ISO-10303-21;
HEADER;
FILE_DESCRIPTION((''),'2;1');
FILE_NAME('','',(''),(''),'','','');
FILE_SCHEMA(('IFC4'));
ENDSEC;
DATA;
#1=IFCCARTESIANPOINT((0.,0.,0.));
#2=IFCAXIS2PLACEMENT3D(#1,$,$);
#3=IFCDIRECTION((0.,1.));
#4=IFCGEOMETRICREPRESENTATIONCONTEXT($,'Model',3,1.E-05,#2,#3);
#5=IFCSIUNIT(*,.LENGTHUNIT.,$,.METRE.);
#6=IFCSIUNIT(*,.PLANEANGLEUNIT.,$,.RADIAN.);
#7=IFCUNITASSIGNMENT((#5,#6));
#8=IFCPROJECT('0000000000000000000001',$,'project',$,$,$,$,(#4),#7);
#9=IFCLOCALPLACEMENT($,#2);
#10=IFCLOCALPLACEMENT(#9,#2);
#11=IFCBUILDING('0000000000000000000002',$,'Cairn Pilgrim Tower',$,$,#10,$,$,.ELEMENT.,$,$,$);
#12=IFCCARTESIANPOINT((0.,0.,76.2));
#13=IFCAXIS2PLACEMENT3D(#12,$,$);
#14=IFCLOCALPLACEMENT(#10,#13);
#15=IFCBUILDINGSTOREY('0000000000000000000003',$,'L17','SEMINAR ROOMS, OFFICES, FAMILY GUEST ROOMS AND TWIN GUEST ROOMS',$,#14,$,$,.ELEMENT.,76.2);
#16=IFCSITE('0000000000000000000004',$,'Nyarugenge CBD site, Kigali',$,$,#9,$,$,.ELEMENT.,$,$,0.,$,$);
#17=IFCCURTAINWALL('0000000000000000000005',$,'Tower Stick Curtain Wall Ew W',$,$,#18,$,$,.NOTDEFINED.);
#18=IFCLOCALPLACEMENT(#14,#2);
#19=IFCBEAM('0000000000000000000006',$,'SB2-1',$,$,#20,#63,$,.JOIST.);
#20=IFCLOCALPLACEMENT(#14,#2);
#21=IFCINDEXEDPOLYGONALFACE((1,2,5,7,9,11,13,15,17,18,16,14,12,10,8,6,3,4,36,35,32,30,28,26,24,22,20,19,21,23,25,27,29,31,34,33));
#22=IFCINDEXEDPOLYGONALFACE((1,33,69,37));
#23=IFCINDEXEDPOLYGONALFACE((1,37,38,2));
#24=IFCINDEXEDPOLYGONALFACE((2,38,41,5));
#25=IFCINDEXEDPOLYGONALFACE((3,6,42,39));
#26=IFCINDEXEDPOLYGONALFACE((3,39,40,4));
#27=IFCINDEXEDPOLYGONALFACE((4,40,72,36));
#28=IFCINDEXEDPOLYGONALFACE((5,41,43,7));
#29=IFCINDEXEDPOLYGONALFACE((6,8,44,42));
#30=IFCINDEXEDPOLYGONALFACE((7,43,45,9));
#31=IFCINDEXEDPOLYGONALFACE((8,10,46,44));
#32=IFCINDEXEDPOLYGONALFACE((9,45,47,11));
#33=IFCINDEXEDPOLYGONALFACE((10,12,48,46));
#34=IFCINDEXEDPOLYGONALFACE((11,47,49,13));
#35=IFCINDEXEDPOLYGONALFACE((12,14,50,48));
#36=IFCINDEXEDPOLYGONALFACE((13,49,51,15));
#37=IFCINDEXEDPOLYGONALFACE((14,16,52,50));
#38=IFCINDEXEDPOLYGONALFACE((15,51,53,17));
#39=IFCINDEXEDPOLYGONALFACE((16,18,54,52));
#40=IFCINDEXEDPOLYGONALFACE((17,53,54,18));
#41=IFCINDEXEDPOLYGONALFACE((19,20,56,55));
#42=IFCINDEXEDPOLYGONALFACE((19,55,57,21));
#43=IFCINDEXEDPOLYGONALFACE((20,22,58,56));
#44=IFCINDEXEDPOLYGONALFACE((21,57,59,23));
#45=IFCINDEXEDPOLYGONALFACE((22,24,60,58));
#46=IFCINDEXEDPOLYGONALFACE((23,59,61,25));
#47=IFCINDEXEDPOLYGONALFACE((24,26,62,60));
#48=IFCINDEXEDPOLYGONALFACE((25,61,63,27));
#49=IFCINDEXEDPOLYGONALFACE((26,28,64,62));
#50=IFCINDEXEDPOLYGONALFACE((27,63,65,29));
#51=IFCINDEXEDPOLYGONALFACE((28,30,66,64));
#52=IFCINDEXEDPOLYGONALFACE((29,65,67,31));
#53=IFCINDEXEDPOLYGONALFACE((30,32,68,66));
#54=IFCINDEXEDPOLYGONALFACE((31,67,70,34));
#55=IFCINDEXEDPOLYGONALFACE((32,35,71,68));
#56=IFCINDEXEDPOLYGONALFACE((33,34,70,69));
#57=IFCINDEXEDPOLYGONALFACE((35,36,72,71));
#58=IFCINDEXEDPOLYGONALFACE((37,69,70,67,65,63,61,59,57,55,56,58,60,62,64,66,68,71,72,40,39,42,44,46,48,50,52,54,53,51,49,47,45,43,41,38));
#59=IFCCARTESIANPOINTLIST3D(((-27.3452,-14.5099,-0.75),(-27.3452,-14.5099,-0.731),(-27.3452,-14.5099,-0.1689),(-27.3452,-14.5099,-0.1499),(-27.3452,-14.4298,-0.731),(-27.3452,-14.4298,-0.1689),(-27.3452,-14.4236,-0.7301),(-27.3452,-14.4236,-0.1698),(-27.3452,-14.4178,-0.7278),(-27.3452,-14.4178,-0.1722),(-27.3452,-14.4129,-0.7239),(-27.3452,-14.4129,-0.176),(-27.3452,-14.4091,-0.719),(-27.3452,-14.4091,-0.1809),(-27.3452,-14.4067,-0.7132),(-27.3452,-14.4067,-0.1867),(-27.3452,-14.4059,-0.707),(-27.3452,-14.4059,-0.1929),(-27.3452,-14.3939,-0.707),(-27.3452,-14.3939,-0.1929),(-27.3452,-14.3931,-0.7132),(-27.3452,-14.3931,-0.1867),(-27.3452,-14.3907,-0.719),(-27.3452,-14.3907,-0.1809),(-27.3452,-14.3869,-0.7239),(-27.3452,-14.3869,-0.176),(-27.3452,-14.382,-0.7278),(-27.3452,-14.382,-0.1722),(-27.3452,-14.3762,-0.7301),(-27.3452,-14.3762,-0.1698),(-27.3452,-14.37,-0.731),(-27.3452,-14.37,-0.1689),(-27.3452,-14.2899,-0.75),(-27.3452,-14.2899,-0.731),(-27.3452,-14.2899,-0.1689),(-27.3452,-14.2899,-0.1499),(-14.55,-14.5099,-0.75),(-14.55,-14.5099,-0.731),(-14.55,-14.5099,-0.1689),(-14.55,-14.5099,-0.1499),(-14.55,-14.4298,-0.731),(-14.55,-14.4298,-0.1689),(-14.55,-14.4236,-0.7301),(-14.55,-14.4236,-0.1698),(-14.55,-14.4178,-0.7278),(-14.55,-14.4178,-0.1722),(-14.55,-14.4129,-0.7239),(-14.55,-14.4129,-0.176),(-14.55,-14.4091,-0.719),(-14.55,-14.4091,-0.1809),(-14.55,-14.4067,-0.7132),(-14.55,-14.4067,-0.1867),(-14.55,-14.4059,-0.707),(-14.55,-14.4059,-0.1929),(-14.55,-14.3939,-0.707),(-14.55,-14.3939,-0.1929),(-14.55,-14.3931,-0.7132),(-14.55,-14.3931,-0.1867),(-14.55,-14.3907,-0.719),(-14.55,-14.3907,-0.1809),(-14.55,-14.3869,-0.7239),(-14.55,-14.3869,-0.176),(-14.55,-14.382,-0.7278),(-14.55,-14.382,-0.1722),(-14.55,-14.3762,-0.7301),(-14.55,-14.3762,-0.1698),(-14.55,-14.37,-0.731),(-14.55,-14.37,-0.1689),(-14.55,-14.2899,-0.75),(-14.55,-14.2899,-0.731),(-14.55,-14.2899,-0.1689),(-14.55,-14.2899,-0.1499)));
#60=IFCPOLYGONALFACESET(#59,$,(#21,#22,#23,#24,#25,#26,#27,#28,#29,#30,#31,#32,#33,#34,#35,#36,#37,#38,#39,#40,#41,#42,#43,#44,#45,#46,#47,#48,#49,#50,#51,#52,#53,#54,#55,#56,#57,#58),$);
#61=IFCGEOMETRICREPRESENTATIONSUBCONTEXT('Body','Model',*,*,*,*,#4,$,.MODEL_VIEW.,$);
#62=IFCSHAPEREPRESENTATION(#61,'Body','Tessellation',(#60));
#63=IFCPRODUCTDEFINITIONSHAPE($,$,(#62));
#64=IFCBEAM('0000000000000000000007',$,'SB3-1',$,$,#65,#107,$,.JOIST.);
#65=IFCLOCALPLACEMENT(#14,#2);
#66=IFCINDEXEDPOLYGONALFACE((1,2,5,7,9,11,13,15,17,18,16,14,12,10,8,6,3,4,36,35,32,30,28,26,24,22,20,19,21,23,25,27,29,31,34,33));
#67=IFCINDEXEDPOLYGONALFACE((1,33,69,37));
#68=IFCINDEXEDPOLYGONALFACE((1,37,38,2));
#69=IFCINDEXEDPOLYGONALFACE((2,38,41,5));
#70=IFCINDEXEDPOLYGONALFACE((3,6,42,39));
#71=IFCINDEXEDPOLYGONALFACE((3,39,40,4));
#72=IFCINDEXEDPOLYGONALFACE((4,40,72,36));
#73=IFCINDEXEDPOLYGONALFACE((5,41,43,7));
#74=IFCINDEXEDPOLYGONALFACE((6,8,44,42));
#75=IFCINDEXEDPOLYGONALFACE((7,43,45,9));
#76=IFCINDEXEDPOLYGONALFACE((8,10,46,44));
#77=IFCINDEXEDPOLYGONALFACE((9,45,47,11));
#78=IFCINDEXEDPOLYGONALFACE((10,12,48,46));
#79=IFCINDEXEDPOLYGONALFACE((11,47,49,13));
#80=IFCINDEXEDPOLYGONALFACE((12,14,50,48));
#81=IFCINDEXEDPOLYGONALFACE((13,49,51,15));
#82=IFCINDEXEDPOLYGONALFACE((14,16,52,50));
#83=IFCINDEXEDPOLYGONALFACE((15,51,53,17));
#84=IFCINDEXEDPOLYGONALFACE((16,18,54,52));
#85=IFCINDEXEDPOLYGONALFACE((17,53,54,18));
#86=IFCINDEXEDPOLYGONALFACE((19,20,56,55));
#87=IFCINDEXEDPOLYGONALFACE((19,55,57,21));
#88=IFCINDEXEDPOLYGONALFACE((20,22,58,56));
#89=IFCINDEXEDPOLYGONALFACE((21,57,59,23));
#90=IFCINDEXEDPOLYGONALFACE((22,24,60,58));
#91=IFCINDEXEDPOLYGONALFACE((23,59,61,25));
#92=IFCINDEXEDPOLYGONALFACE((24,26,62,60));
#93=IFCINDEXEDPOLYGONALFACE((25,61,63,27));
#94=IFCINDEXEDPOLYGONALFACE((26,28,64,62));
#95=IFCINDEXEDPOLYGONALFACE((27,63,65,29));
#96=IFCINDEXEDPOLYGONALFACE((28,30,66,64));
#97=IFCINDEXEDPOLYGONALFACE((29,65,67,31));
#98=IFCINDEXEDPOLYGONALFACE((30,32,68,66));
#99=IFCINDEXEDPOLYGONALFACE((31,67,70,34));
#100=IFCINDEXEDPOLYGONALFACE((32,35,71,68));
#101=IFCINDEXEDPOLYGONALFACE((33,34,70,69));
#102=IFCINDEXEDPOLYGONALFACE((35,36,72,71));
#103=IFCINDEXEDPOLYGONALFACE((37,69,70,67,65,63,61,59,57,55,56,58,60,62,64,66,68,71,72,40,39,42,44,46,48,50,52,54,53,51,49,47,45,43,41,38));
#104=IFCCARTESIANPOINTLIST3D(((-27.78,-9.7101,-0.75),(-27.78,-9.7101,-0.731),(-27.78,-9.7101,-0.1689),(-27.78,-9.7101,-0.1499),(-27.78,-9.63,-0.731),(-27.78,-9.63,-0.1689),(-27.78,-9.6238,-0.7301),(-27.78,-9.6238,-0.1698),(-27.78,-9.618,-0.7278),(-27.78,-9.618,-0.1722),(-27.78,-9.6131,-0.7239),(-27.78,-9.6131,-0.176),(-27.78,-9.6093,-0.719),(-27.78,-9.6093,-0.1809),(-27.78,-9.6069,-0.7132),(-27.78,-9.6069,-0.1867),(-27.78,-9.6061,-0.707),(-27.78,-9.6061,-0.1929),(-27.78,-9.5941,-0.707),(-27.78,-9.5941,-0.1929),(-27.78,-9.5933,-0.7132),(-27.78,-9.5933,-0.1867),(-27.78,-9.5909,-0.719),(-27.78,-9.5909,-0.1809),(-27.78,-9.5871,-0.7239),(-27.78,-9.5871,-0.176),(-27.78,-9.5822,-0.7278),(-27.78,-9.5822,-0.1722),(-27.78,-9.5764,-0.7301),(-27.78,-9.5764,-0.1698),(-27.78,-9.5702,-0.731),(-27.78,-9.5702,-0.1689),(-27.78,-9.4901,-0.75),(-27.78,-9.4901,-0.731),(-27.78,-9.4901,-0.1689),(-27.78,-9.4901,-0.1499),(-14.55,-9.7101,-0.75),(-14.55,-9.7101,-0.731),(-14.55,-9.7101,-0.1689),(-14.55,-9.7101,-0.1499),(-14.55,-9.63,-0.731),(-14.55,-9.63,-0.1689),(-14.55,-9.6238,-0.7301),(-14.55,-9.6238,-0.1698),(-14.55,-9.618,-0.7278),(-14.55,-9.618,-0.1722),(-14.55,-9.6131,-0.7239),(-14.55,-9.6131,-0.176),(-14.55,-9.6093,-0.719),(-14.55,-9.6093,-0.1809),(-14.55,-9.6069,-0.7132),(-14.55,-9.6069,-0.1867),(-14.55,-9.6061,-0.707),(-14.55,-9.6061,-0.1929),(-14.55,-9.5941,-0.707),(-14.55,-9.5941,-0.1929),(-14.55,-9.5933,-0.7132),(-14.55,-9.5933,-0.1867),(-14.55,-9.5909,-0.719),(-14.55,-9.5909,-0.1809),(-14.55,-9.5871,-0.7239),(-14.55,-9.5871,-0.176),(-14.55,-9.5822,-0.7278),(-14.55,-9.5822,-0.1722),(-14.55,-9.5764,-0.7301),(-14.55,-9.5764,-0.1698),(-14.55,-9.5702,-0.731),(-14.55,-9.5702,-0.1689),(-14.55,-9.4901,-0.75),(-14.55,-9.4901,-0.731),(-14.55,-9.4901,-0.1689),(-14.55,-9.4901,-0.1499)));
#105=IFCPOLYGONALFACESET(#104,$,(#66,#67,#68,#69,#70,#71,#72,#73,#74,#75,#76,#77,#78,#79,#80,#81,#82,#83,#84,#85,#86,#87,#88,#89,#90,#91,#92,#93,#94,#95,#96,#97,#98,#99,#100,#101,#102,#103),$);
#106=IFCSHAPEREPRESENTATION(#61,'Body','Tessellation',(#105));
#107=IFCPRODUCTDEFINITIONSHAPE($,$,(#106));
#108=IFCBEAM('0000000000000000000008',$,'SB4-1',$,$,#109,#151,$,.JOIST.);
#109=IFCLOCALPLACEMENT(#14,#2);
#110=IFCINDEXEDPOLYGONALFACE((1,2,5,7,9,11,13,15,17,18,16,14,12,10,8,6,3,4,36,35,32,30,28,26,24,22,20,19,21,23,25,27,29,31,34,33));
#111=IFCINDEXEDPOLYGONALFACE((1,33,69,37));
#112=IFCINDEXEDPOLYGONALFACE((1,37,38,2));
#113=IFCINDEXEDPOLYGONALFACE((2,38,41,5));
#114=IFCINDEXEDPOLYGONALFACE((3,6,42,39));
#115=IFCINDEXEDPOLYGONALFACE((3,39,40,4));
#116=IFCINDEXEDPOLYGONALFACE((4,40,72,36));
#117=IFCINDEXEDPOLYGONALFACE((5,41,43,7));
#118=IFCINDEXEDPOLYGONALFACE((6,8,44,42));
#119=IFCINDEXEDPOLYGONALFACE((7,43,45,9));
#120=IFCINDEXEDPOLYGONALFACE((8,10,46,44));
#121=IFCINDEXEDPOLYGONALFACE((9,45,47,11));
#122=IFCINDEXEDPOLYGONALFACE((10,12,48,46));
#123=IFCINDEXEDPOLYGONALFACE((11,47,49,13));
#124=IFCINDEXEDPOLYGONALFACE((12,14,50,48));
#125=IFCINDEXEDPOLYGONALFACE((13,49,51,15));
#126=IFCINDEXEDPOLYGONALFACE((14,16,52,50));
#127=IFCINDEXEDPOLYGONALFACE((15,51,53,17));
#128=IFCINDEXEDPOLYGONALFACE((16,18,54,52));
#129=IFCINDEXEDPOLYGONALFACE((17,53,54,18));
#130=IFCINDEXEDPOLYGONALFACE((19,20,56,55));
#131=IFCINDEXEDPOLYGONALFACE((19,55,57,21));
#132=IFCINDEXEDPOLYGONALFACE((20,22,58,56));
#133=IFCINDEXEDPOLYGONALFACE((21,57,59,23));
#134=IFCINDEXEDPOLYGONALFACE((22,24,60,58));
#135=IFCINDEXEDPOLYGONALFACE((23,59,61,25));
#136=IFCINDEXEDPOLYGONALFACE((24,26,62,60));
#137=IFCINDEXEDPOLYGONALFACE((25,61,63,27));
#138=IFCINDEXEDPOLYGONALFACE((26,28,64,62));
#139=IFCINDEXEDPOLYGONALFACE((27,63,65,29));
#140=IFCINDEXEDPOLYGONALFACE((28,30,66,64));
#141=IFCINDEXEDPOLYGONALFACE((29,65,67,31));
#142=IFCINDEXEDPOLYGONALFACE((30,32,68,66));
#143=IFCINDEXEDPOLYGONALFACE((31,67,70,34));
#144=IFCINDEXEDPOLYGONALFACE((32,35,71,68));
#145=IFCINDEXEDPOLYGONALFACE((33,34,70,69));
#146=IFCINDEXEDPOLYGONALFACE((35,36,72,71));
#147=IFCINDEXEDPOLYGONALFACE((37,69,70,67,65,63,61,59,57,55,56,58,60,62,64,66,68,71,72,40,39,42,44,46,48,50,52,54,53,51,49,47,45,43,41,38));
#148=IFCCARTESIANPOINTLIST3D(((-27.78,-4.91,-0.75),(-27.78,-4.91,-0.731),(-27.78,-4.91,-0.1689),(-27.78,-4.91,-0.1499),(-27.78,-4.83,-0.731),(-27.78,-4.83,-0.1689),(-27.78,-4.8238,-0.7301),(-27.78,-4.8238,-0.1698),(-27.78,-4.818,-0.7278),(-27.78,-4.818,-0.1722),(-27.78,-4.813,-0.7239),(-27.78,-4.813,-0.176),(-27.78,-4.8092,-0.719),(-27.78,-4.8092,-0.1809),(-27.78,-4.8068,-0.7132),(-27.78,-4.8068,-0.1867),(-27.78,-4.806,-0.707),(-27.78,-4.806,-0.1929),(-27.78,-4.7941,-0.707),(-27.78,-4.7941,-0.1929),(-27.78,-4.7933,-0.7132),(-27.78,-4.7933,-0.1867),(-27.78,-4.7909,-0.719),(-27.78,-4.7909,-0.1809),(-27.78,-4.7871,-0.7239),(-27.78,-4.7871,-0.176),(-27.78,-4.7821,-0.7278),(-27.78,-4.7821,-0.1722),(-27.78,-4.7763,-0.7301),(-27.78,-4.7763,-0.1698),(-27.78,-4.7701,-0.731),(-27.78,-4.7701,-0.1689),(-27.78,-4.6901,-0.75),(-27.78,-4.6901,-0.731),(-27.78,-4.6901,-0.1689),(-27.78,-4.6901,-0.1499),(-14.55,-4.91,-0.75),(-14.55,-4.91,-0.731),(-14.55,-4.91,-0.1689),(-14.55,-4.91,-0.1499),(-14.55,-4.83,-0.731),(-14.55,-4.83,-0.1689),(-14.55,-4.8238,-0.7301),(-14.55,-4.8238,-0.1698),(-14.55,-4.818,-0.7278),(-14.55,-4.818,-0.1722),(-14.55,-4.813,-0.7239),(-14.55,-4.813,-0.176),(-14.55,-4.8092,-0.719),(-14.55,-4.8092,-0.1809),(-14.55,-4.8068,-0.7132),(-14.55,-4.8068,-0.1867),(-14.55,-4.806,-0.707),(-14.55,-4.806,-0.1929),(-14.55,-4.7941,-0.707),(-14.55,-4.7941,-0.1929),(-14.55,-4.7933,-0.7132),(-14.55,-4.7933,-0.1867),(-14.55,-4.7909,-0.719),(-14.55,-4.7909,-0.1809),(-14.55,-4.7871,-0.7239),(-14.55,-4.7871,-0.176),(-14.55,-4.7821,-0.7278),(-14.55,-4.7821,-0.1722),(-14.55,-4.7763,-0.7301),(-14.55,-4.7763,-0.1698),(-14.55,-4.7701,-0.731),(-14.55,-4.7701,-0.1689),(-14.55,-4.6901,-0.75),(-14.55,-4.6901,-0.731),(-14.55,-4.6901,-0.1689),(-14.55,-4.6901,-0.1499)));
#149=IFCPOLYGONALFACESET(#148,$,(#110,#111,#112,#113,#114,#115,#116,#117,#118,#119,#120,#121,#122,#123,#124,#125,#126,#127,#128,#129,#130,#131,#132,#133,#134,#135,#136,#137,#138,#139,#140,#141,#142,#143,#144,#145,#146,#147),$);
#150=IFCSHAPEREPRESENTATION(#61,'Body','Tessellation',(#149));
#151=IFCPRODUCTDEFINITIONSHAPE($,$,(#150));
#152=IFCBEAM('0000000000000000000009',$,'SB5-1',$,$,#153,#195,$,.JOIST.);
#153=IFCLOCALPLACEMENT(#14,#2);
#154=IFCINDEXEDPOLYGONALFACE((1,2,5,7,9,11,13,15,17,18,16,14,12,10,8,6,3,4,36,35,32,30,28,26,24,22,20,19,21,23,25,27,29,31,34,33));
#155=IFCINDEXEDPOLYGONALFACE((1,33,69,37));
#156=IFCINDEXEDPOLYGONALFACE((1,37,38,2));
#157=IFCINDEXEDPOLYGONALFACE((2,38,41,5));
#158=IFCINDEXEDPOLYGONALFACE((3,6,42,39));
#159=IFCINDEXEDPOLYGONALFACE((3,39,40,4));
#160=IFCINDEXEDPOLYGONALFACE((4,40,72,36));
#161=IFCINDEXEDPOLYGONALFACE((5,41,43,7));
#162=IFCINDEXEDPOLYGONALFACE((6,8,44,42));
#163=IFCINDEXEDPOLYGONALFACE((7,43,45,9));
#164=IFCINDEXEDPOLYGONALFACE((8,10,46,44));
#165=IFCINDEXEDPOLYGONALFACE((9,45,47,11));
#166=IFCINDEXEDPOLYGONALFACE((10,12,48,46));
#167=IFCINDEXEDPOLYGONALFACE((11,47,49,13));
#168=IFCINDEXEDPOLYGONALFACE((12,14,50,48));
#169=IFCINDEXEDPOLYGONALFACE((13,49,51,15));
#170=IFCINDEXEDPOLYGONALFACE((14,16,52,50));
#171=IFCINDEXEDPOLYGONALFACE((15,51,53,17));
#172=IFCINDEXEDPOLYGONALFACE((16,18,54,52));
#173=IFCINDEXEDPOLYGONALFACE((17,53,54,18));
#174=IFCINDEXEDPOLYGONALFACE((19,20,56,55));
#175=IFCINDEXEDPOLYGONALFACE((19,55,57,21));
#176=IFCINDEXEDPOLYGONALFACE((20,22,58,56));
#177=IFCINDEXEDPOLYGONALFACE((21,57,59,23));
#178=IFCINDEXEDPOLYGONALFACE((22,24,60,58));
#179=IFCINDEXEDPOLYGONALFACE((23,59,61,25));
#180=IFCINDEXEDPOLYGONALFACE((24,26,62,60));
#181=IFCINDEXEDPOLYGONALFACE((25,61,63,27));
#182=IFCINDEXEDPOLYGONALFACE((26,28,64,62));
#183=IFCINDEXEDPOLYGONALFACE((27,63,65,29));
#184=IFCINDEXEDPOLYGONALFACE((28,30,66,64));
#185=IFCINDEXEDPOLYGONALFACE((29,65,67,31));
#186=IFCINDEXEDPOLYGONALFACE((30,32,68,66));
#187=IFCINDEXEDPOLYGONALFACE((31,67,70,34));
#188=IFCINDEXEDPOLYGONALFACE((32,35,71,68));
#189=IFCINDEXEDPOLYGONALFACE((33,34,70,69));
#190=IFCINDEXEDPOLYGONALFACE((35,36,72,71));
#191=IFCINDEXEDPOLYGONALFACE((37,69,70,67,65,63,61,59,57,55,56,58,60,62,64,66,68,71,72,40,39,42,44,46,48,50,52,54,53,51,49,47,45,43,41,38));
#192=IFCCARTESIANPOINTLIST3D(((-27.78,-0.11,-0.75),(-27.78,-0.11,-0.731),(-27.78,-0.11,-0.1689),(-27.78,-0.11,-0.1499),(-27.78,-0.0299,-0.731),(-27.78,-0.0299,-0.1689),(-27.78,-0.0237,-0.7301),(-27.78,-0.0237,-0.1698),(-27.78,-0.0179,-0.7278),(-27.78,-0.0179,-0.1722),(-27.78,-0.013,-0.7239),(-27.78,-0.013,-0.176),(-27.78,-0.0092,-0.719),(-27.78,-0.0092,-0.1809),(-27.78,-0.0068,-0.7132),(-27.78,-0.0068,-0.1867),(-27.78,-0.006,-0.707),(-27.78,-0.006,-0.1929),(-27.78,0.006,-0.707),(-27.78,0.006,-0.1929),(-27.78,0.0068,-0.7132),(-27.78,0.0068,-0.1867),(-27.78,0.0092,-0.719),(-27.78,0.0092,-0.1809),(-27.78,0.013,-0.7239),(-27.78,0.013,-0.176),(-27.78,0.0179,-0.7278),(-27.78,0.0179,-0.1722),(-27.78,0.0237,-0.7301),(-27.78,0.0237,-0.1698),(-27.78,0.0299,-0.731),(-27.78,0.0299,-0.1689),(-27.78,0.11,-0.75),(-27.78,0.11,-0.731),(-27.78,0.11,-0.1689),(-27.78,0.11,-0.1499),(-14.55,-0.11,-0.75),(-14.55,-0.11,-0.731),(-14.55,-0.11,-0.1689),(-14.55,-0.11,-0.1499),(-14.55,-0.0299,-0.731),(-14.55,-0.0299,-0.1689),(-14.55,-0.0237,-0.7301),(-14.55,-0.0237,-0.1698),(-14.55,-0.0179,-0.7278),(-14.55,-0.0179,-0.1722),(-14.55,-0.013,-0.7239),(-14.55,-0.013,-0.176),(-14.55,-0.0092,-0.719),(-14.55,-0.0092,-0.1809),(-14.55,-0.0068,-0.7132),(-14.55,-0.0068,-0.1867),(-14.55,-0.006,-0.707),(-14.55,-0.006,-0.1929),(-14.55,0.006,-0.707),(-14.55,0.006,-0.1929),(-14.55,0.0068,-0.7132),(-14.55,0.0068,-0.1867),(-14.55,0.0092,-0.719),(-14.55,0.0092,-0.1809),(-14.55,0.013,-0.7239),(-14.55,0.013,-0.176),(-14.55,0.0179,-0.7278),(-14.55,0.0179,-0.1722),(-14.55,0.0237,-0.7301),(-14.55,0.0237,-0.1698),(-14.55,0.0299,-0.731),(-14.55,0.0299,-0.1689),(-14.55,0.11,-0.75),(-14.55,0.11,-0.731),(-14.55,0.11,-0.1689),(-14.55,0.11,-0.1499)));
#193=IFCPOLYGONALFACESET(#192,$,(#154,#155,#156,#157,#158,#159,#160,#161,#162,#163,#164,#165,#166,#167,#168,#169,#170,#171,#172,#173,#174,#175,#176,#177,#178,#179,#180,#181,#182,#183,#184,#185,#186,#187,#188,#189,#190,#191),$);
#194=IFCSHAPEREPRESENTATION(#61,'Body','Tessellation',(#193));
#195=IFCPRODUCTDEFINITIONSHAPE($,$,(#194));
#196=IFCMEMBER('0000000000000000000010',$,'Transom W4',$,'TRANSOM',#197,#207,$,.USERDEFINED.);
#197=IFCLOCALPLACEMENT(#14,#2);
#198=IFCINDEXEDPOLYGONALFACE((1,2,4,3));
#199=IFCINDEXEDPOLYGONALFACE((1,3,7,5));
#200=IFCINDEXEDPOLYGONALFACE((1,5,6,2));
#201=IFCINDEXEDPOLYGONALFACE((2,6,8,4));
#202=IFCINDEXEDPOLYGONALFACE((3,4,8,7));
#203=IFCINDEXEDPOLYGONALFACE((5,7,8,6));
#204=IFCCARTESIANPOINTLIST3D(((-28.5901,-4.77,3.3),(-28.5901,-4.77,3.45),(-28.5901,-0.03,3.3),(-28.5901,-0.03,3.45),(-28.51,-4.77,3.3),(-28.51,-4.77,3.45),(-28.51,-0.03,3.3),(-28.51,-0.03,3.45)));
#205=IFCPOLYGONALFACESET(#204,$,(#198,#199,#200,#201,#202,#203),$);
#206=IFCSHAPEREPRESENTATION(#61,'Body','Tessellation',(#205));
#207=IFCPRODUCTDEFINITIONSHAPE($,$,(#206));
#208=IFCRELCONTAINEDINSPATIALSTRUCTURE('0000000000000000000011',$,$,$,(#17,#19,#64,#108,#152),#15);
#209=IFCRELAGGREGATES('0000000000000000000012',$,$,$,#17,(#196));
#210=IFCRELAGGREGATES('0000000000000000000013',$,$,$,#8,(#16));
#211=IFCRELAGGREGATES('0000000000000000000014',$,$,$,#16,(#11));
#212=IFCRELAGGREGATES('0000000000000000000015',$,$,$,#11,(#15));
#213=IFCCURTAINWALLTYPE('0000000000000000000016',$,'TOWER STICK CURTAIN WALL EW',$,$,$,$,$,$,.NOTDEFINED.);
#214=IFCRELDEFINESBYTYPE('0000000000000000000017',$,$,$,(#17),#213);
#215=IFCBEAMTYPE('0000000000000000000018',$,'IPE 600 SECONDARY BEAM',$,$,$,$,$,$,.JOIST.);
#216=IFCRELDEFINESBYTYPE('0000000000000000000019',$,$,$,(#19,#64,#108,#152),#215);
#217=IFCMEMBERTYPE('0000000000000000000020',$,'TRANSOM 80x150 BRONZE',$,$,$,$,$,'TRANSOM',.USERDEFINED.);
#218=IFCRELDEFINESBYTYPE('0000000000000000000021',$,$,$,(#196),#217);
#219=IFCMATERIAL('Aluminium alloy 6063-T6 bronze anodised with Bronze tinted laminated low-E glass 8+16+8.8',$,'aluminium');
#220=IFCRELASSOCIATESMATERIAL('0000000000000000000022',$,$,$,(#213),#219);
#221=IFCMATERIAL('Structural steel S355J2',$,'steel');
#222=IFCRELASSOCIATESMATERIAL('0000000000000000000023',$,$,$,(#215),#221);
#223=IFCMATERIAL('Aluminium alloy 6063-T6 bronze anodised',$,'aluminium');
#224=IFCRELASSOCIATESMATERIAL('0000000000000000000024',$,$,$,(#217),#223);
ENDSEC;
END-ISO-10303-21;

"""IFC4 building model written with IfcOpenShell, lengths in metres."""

from ifc_helpers import new_model, si_unit, direction, frame, origin, origin_2d, place, context, subcontext, project, spatial, rectangle, i_section, extrude, material, material_profile, profile_set, type_object, element, aggregate, save


model = new_model("IFC4")

# Units and contexts
model_context = context("Model", 3, precision=1e-05, world=origin(), true_north=direction((0.0, 1.0)))
body_context = subcontext(model_context, "Body", "Model", "MODEL_VIEW")
ifc_project = project(units=[si_unit("LENGTHUNIT", "METRE"), si_unit("PLANEANGLEUNIT", "RADIAN")], contexts=[model_context])

# Site, building, storey
site_placement = place(None, origin())
site = spatial("IfcSite", under=ifc_project, at=site_placement, Name="Nyarugenge CBD site, Kigali", CompositionType="ELEMENT", RefElevation=0.0)
building_placement = place(site_placement, origin())
building = spatial("IfcBuilding", under=site, at=building_placement, Name="Cairn Pilgrim Tower", CompositionType="ELEMENT")
storey_placement = place(building_placement, frame((0.0, 0.0, 76.2)))
storey = spatial("IfcBuildingStorey", under=building, at=storey_placement, Name="L17", Description="SEMINAR ROOMS, OFFICES, FAMILY GUEST ROOMS AND TWIN GUEST ROOMS", CompositionType="ELEMENT", Elevation=76.2)

# Curtain wall
ifc_material_1 = material(Name="Aluminium alloy 6063-T6 bronze anodised with Bronze tinted laminated low-E glass 8+16+8.8", Category="aluminium")
curtain_wall_type_1 = type_object("IfcCurtainWallType", Name="TOWER STICK CURTAIN WALL EW", PredefinedType="NOTDEFINED", material=ifc_material_1)
curtain_wall_1_placement = place(storey_placement, origin())
curtain_wall_1 = element("IfcCurtainWall", 1, at=curtain_wall_1_placement, inside=storey, type_object=curtain_wall_type_1, Name="Tower Stick Curtain Wall Ew W", PredefinedType="NOTDEFINED")
ifc_material_2 = material(Name="Aluminium alloy 6063-T6 bronze anodised", Category="aluminium")

# Beams
ifc_material_3 = material(Name="Structural steel S355J2", Category="steel")
ifc_material_profile_1 = material_profile(ifc_material_3, i_section(OverallWidth=0.22, OverallDepth=0.6001, WebThickness=0.012, FlangeThickness=0.019, FilletRadius=0.0239, at=origin_2d()), Name="IPE 600")
ifc_profile_set_1 = profile_set([ifc_material_profile_1], Name="Structural steel S355J2")
beam_type_1 = type_object("IfcBeamType", Name="IPE 600 SECONDARY BEAM", PredefinedType="JOIST", material=ifc_profile_set_1)
beam_1_placement = place(storey_placement, frame((-27.3452, -14.3999, -0.45), z_axis=(1.0, 0.0, 0.0), x_axis=(0.0, 1.0, 0.0)))
element("IfcBeam", 2, at=beam_1_placement, inside=storey, type_object=beam_type_1, Name="SB2-1", PredefinedType="JOIST", context=body_context, shape_type="SweptSolid", body=[
    extrude(i_section(OverallWidth=0.22, OverallDepth=0.6001, WebThickness=0.012, FlangeThickness=0.019, FilletRadius=0.0239, at=origin_2d()), origin(), (0.0, 0.0, 1.0), 12.7952),
])
for number, where, z_axis, x_axis, name in (
    (3, (-27.78, -9.6001, -0.45), (1.0, 0.0, 0.0), (0.0, 1.0, 0.0), "SB3-1"),
    (4, (-27.78, -4.8, -0.45), (1.0, 0.0, 0.0), (0.0, 1.0, 0.0), "SB4-1"),
    (5, (-27.78, 0.0, -0.45), (1.0, 0.0, 0.0), (0.0, 1.0, 0.0), "SB5-1"),
):
    element("IfcBeam", number, at=place(storey_placement, frame(where, z_axis=z_axis, x_axis=x_axis)), inside=storey, type_object=beam_type_1, Name=name, PredefinedType="JOIST", context=body_context, shape_type="SweptSolid", body=[
        extrude(i_section(OverallWidth=0.22, OverallDepth=0.6001, WebThickness=0.012, FlangeThickness=0.019, FilletRadius=0.0239, at=origin_2d()), origin(), (0.0, 0.0, 1.0), 13.23),
    ])

# Member
ifc_material_profile_2 = material_profile(ifc_material_2, rectangle(XDim=0.0801, YDim=0.1499, at=origin_2d()), Name="TRANSOM 80x150 BRONZE")
ifc_profile_set_2 = profile_set([ifc_material_profile_2], Name="Aluminium alloy 6063-T6 bronze anodised")
member_type_1 = type_object("IfcMemberType", Name="TRANSOM 80x150 BRONZE", ElementType="TRANSOM", PredefinedType="USERDEFINED", material=ifc_profile_set_2)
member_1_placement = place(storey_placement, frame((-28.55, -0.03, 3.375), z_axis=(0.0, -1.0, 0.0), x_axis=(1.0, 0.0, 0.0)))
member_1 = element("IfcMember", 6, at=member_1_placement, type_object=member_type_1, Name="Transom W4", ObjectType="TRANSOM", PredefinedType="USERDEFINED", context=body_context, shape_type="SweptSolid", body=[
    extrude(rectangle(XDim=0.0801, YDim=0.1499, at=origin_2d()), origin(), (0.0, 0.0, 1.0), 4.74),
])

aggregate(curtain_wall_1, [member_1])

save(model, "model.ifc")
